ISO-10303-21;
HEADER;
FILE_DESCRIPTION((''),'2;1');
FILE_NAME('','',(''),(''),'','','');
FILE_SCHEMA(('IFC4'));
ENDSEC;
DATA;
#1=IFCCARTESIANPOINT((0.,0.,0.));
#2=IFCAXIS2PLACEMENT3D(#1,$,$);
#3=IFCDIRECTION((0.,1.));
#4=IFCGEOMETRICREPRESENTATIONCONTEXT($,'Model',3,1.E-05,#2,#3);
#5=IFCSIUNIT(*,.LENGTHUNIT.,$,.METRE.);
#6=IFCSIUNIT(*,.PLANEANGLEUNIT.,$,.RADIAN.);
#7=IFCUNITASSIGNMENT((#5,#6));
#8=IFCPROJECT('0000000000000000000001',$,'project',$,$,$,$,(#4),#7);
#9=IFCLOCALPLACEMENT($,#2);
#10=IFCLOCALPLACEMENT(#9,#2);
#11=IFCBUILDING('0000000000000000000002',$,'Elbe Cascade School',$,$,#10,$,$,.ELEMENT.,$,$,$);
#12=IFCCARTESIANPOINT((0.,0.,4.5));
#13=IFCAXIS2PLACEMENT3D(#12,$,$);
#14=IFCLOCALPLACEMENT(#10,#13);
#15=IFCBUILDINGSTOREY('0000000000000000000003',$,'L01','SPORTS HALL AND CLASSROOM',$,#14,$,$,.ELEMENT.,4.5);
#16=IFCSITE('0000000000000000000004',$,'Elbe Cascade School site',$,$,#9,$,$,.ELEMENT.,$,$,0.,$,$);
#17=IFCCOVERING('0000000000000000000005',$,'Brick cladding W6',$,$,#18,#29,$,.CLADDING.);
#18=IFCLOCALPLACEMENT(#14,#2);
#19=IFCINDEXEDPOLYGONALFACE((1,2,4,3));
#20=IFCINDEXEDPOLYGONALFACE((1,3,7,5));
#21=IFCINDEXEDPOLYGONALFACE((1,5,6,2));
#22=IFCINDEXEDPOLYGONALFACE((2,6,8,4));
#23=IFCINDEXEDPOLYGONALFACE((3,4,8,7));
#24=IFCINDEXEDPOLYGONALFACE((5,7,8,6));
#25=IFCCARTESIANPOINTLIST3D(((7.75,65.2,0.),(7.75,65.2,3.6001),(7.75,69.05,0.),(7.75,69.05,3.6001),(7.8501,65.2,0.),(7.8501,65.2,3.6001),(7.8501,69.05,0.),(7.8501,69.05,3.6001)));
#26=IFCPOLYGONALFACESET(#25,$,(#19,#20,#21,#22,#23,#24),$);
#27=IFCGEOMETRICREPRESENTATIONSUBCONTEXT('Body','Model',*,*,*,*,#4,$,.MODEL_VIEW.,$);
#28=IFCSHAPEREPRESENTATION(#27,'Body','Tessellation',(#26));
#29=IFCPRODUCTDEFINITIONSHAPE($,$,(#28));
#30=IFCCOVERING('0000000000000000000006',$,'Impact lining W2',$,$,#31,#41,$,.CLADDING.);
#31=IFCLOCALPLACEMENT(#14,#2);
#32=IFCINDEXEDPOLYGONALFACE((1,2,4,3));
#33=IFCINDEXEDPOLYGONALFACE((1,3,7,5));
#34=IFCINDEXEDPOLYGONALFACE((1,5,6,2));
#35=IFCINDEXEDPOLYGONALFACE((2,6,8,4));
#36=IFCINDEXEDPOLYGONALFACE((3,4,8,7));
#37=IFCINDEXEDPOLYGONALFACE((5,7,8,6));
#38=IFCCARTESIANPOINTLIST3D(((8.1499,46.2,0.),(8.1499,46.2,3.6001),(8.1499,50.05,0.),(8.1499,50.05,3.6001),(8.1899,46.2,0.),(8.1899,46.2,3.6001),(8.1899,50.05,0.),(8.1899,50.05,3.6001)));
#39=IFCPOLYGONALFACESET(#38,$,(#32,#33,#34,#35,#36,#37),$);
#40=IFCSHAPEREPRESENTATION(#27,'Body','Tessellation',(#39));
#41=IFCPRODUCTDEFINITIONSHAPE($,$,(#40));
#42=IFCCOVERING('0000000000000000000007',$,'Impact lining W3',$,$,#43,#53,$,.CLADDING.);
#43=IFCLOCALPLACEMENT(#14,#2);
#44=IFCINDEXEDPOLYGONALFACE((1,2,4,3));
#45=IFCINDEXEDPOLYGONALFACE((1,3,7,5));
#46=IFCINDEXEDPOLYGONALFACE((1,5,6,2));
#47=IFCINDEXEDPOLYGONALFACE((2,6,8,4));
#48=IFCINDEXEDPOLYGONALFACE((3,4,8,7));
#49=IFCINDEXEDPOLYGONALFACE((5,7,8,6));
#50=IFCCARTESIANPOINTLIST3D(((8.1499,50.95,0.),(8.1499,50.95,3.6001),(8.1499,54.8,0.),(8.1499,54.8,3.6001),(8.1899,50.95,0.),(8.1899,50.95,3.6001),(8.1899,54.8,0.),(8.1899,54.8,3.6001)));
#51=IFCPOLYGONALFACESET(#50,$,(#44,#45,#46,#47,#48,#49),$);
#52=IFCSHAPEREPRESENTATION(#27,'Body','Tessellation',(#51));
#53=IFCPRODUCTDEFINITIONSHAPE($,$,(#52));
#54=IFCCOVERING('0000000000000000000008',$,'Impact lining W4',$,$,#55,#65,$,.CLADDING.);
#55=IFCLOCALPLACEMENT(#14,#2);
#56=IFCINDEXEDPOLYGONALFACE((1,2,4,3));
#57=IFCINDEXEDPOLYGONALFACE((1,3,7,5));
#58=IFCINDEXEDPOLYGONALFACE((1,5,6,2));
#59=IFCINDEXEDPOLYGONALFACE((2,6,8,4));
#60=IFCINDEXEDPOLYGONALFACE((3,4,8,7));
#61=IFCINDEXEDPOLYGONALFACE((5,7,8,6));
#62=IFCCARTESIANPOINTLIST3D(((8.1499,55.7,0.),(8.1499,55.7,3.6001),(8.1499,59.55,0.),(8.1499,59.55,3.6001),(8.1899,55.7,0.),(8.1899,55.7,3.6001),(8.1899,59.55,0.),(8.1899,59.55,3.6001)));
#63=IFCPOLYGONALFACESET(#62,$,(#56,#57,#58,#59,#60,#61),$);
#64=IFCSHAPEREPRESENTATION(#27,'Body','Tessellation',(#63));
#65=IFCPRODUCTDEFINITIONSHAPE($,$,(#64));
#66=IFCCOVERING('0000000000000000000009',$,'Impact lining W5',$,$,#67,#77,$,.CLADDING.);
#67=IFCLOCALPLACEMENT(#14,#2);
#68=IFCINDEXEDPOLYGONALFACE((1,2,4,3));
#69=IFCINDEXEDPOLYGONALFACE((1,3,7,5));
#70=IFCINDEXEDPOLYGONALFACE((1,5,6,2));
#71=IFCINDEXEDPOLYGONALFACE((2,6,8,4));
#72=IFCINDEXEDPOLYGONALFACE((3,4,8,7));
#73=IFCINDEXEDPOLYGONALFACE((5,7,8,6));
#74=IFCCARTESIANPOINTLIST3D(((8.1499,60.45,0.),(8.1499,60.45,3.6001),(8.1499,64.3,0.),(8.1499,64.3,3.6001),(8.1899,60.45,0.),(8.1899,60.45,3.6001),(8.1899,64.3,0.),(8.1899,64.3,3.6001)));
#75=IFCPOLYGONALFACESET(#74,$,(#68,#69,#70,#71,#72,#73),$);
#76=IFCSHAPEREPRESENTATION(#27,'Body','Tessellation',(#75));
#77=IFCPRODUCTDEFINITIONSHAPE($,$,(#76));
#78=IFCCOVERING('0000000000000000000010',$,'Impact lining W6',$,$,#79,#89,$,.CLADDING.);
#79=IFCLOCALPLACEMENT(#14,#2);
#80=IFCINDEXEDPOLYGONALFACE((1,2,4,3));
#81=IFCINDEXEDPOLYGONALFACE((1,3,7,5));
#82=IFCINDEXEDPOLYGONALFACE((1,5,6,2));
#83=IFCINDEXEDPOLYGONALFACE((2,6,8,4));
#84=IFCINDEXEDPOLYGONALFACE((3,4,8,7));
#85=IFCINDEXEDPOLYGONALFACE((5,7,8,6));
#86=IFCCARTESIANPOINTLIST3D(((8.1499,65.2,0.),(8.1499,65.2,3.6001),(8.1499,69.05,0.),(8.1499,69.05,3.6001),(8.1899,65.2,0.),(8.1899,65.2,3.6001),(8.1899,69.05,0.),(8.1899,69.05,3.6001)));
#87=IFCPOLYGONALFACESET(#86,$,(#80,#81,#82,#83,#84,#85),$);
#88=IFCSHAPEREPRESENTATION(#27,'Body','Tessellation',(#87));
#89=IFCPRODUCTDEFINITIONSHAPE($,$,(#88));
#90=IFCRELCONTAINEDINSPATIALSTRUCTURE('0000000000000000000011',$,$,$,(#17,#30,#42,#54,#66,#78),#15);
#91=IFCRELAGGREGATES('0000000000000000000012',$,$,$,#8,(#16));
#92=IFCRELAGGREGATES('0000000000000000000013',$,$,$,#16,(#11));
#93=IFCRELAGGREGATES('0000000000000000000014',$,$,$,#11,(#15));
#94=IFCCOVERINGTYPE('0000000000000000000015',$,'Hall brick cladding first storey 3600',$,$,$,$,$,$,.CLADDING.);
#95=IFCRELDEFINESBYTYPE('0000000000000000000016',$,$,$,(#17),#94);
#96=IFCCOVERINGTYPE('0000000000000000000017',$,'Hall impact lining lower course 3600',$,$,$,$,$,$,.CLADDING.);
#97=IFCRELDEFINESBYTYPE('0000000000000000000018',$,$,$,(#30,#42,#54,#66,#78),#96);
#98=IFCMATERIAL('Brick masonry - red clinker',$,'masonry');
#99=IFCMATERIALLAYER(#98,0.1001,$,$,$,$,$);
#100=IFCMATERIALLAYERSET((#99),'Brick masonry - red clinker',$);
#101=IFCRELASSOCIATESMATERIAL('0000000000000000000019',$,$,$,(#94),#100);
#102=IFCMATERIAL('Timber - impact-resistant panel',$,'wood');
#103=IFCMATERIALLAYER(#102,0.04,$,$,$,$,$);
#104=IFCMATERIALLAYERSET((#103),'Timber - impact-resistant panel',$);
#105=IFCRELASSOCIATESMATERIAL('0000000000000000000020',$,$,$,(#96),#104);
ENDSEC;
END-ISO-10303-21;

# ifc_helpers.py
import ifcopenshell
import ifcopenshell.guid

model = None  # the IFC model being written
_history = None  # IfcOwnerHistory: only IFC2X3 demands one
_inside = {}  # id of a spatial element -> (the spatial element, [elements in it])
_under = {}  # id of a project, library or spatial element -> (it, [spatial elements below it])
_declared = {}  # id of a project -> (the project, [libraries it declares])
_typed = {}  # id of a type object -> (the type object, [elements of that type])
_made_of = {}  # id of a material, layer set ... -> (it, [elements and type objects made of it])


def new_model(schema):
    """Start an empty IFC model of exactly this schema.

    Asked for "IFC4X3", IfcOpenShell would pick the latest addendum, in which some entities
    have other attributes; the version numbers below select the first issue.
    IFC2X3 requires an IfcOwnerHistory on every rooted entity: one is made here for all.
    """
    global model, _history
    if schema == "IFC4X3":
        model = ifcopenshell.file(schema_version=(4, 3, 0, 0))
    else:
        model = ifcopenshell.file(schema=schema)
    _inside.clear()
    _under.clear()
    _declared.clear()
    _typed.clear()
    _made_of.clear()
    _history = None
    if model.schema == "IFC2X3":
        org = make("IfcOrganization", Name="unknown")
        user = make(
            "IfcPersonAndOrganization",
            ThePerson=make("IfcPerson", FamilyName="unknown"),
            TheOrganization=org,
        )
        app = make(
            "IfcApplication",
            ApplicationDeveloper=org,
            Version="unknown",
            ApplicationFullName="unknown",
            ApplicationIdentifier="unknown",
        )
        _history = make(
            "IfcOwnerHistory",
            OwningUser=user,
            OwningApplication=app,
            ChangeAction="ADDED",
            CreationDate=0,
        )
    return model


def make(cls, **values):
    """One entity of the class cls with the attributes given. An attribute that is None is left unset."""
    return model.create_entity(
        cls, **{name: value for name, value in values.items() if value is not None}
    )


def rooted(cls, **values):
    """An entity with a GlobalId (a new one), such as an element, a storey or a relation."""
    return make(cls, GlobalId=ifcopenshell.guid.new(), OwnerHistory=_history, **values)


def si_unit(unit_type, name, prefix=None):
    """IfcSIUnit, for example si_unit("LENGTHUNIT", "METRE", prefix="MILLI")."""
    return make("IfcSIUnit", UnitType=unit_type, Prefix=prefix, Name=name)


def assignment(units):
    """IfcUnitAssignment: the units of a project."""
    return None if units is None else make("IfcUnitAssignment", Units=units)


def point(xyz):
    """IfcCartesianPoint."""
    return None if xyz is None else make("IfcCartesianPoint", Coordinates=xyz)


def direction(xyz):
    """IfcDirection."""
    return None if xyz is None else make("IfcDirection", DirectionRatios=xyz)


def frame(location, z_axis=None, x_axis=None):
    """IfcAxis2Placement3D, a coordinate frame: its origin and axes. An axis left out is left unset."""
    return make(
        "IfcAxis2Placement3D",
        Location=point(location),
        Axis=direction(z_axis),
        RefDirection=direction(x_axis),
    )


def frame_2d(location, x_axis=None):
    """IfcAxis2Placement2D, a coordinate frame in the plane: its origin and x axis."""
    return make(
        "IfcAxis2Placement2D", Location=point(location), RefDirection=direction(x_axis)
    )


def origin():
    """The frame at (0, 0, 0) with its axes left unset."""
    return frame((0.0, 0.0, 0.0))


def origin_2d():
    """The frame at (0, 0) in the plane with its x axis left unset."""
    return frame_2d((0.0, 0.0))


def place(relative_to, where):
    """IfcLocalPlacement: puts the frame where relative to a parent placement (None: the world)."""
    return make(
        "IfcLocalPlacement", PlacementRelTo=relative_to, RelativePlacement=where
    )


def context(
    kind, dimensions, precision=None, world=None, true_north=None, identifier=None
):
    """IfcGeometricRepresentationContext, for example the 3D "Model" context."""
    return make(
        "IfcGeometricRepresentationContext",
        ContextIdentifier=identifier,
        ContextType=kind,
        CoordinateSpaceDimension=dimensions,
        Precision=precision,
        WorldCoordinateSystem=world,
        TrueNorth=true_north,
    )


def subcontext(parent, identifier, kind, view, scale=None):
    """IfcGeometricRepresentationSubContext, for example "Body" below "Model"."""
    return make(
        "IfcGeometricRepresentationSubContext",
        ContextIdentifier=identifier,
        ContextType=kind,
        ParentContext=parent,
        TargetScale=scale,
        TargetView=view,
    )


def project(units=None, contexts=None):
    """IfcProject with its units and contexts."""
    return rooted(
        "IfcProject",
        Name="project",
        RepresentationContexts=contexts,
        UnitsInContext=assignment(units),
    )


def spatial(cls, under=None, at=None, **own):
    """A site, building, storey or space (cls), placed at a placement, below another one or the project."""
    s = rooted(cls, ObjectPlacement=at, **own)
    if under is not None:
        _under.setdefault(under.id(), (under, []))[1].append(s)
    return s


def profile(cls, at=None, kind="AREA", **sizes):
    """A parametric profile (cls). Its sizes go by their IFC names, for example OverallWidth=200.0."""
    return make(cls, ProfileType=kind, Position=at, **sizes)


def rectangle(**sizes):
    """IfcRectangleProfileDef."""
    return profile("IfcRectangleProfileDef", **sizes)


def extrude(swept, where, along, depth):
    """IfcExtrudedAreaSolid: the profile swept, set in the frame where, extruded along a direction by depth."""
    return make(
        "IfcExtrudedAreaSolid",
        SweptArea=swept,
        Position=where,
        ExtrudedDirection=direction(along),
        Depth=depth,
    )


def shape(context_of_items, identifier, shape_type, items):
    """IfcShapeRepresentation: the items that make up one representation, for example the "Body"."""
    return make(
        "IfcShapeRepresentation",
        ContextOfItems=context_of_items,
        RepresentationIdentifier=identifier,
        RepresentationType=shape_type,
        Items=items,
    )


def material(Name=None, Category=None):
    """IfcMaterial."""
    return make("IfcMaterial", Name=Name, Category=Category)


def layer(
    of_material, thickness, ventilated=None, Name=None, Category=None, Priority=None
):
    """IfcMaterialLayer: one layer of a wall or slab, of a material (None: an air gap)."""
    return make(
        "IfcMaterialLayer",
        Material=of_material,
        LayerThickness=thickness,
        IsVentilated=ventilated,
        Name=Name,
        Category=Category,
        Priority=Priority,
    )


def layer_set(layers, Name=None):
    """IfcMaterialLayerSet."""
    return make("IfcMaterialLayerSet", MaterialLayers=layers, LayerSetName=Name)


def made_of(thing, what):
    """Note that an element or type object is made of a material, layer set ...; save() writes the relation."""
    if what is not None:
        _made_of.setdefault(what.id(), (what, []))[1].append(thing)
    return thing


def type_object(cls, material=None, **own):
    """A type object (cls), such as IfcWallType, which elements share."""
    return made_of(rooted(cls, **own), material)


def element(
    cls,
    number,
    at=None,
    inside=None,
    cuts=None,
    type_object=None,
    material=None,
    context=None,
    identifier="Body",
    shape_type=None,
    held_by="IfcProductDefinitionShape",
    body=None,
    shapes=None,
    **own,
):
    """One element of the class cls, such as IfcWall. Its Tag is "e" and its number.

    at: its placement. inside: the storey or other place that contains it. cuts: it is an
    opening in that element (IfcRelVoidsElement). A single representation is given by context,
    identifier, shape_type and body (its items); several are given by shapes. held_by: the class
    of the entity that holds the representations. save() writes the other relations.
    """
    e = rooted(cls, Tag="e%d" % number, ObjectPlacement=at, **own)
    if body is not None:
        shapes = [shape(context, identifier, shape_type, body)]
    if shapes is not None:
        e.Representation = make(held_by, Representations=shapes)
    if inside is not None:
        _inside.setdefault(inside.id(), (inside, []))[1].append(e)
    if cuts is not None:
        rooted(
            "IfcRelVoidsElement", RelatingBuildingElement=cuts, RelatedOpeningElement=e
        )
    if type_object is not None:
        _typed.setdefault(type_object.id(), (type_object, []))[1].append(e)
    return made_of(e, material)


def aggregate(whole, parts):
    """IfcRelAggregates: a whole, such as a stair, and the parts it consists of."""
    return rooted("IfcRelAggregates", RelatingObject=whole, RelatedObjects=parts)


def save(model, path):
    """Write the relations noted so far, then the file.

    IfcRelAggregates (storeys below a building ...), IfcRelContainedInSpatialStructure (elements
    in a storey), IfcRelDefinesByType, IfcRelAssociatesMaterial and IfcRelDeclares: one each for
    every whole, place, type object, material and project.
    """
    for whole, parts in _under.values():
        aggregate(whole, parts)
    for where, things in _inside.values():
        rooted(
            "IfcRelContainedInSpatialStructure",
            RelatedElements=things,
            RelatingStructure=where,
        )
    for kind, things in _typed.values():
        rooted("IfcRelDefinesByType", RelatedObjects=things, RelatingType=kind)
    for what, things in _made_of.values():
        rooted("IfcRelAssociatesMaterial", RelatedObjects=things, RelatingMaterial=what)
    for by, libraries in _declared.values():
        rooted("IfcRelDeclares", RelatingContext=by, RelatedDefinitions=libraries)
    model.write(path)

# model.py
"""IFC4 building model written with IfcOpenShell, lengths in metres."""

from ifc_helpers import new_model, si_unit, direction, frame, origin, origin_2d, place, context, subcontext, project, spatial, rectangle, extrude, material, layer, layer_set, type_object, element, save


model = new_model("IFC4")

# Units and contexts
model_context = context("Model", 3, precision=1e-05, world=origin(), true_north=direction((0.0, 1.0)))
body_context = subcontext(model_context, "Body", "Model", "MODEL_VIEW")
ifc_project = project(units=[si_unit("LENGTHUNIT", "METRE"), si_unit("PLANEANGLEUNIT", "RADIAN")], contexts=[model_context])

# Site, building, storey
site_placement = place(None, origin())
site = spatial("IfcSite", under=ifc_project, at=site_placement, Name="Elbe Cascade School site", CompositionType="ELEMENT", RefElevation=0.0)
building_placement = place(site_placement, origin())
building = spatial("IfcBuilding", under=site, at=building_placement, Name="Elbe Cascade School", CompositionType="ELEMENT")
storey_placement = place(building_placement, frame((0.0, 0.0, 4.5)))
storey = spatial("IfcBuildingStorey", under=building, at=storey_placement, Name="L01", Description="SPORTS HALL AND CLASSROOM", CompositionType="ELEMENT", Elevation=4.5)

# Coverings
ifc_material_1 = material(Name="Brick masonry - red clinker", Category="masonry")
ifc_layer_1 = layer(ifc_material_1, 0.1001)
ifc_layer_set_1 = layer_set([ifc_layer_1], Name="Brick masonry - red clinker")
covering_type_1 = type_object("IfcCoveringType", Name="Hall brick cladding first storey 3600", PredefinedType="CLADDING", material=ifc_layer_set_1)
for number, where, z_axis, x_axis, name in (
    (1, (7.8, 67.125, 0.0), (0.0, 0.0, 1.0), (1.0, 0.0, 0.0), "Brick cladding W6"),
):
    element("IfcCovering", number, at=place(storey_placement, frame(where, z_axis=z_axis, x_axis=x_axis)), inside=storey, type_object=covering_type_1, Name=name, PredefinedType="CLADDING", context=body_context, shape_type="SweptSolid", body=[
        extrude(rectangle(XDim=0.1001, YDim=3.8501, at=origin_2d()), origin(), (0.0, 0.0, 1.0), 3.6001),
    ])
ifc_material_2 = material(Name="Timber - impact-resistant panel", Category="wood")
ifc_layer_2 = layer(ifc_material_2, 0.04)
ifc_layer_set_2 = layer_set([ifc_layer_2], Name="Timber - impact-resistant panel")
covering_type_2 = type_object("IfcCoveringType", Name="Hall impact lining lower course 3600", PredefinedType="CLADDING", material=ifc_layer_set_2)
for number, where, z_axis, x_axis, name in (
    (2, (8.1699, 48.125, 0.0), (0.0, 0.0, 1.0), (1.0, 0.0, 0.0), "Impact lining W2"),
    (3, (8.1699, 52.875, 0.0), (0.0, 0.0, 1.0), (1.0, 0.0, 0.0), "Impact lining W3"),
    (4, (8.1699, 57.625, 0.0), (0.0, 0.0, 1.0), (1.0, 0.0, 0.0), "Impact lining W4"),
    (5, (8.1699, 62.375, 0.0), (0.0, 0.0, 1.0), (1.0, 0.0, 0.0), "Impact lining W5"),
    (6, (8.1699, 67.125, 0.0), (0.0, 0.0, 1.0), (1.0, 0.0, 0.0), "Impact lining W6"),
):
    element("IfcCovering", number, at=place(storey_placement, frame(where, z_axis=z_axis, x_axis=x_axis)), inside=storey, type_object=covering_type_2, Name=name, PredefinedType="CLADDING", context=body_context, shape_type="SweptSolid", body=[
        extrude(rectangle(XDim=0.04, YDim=3.8501, at=origin_2d()), origin(), (0.0, 0.0, 1.0), 3.6001),
    ])

save(model, "model.ifc")
